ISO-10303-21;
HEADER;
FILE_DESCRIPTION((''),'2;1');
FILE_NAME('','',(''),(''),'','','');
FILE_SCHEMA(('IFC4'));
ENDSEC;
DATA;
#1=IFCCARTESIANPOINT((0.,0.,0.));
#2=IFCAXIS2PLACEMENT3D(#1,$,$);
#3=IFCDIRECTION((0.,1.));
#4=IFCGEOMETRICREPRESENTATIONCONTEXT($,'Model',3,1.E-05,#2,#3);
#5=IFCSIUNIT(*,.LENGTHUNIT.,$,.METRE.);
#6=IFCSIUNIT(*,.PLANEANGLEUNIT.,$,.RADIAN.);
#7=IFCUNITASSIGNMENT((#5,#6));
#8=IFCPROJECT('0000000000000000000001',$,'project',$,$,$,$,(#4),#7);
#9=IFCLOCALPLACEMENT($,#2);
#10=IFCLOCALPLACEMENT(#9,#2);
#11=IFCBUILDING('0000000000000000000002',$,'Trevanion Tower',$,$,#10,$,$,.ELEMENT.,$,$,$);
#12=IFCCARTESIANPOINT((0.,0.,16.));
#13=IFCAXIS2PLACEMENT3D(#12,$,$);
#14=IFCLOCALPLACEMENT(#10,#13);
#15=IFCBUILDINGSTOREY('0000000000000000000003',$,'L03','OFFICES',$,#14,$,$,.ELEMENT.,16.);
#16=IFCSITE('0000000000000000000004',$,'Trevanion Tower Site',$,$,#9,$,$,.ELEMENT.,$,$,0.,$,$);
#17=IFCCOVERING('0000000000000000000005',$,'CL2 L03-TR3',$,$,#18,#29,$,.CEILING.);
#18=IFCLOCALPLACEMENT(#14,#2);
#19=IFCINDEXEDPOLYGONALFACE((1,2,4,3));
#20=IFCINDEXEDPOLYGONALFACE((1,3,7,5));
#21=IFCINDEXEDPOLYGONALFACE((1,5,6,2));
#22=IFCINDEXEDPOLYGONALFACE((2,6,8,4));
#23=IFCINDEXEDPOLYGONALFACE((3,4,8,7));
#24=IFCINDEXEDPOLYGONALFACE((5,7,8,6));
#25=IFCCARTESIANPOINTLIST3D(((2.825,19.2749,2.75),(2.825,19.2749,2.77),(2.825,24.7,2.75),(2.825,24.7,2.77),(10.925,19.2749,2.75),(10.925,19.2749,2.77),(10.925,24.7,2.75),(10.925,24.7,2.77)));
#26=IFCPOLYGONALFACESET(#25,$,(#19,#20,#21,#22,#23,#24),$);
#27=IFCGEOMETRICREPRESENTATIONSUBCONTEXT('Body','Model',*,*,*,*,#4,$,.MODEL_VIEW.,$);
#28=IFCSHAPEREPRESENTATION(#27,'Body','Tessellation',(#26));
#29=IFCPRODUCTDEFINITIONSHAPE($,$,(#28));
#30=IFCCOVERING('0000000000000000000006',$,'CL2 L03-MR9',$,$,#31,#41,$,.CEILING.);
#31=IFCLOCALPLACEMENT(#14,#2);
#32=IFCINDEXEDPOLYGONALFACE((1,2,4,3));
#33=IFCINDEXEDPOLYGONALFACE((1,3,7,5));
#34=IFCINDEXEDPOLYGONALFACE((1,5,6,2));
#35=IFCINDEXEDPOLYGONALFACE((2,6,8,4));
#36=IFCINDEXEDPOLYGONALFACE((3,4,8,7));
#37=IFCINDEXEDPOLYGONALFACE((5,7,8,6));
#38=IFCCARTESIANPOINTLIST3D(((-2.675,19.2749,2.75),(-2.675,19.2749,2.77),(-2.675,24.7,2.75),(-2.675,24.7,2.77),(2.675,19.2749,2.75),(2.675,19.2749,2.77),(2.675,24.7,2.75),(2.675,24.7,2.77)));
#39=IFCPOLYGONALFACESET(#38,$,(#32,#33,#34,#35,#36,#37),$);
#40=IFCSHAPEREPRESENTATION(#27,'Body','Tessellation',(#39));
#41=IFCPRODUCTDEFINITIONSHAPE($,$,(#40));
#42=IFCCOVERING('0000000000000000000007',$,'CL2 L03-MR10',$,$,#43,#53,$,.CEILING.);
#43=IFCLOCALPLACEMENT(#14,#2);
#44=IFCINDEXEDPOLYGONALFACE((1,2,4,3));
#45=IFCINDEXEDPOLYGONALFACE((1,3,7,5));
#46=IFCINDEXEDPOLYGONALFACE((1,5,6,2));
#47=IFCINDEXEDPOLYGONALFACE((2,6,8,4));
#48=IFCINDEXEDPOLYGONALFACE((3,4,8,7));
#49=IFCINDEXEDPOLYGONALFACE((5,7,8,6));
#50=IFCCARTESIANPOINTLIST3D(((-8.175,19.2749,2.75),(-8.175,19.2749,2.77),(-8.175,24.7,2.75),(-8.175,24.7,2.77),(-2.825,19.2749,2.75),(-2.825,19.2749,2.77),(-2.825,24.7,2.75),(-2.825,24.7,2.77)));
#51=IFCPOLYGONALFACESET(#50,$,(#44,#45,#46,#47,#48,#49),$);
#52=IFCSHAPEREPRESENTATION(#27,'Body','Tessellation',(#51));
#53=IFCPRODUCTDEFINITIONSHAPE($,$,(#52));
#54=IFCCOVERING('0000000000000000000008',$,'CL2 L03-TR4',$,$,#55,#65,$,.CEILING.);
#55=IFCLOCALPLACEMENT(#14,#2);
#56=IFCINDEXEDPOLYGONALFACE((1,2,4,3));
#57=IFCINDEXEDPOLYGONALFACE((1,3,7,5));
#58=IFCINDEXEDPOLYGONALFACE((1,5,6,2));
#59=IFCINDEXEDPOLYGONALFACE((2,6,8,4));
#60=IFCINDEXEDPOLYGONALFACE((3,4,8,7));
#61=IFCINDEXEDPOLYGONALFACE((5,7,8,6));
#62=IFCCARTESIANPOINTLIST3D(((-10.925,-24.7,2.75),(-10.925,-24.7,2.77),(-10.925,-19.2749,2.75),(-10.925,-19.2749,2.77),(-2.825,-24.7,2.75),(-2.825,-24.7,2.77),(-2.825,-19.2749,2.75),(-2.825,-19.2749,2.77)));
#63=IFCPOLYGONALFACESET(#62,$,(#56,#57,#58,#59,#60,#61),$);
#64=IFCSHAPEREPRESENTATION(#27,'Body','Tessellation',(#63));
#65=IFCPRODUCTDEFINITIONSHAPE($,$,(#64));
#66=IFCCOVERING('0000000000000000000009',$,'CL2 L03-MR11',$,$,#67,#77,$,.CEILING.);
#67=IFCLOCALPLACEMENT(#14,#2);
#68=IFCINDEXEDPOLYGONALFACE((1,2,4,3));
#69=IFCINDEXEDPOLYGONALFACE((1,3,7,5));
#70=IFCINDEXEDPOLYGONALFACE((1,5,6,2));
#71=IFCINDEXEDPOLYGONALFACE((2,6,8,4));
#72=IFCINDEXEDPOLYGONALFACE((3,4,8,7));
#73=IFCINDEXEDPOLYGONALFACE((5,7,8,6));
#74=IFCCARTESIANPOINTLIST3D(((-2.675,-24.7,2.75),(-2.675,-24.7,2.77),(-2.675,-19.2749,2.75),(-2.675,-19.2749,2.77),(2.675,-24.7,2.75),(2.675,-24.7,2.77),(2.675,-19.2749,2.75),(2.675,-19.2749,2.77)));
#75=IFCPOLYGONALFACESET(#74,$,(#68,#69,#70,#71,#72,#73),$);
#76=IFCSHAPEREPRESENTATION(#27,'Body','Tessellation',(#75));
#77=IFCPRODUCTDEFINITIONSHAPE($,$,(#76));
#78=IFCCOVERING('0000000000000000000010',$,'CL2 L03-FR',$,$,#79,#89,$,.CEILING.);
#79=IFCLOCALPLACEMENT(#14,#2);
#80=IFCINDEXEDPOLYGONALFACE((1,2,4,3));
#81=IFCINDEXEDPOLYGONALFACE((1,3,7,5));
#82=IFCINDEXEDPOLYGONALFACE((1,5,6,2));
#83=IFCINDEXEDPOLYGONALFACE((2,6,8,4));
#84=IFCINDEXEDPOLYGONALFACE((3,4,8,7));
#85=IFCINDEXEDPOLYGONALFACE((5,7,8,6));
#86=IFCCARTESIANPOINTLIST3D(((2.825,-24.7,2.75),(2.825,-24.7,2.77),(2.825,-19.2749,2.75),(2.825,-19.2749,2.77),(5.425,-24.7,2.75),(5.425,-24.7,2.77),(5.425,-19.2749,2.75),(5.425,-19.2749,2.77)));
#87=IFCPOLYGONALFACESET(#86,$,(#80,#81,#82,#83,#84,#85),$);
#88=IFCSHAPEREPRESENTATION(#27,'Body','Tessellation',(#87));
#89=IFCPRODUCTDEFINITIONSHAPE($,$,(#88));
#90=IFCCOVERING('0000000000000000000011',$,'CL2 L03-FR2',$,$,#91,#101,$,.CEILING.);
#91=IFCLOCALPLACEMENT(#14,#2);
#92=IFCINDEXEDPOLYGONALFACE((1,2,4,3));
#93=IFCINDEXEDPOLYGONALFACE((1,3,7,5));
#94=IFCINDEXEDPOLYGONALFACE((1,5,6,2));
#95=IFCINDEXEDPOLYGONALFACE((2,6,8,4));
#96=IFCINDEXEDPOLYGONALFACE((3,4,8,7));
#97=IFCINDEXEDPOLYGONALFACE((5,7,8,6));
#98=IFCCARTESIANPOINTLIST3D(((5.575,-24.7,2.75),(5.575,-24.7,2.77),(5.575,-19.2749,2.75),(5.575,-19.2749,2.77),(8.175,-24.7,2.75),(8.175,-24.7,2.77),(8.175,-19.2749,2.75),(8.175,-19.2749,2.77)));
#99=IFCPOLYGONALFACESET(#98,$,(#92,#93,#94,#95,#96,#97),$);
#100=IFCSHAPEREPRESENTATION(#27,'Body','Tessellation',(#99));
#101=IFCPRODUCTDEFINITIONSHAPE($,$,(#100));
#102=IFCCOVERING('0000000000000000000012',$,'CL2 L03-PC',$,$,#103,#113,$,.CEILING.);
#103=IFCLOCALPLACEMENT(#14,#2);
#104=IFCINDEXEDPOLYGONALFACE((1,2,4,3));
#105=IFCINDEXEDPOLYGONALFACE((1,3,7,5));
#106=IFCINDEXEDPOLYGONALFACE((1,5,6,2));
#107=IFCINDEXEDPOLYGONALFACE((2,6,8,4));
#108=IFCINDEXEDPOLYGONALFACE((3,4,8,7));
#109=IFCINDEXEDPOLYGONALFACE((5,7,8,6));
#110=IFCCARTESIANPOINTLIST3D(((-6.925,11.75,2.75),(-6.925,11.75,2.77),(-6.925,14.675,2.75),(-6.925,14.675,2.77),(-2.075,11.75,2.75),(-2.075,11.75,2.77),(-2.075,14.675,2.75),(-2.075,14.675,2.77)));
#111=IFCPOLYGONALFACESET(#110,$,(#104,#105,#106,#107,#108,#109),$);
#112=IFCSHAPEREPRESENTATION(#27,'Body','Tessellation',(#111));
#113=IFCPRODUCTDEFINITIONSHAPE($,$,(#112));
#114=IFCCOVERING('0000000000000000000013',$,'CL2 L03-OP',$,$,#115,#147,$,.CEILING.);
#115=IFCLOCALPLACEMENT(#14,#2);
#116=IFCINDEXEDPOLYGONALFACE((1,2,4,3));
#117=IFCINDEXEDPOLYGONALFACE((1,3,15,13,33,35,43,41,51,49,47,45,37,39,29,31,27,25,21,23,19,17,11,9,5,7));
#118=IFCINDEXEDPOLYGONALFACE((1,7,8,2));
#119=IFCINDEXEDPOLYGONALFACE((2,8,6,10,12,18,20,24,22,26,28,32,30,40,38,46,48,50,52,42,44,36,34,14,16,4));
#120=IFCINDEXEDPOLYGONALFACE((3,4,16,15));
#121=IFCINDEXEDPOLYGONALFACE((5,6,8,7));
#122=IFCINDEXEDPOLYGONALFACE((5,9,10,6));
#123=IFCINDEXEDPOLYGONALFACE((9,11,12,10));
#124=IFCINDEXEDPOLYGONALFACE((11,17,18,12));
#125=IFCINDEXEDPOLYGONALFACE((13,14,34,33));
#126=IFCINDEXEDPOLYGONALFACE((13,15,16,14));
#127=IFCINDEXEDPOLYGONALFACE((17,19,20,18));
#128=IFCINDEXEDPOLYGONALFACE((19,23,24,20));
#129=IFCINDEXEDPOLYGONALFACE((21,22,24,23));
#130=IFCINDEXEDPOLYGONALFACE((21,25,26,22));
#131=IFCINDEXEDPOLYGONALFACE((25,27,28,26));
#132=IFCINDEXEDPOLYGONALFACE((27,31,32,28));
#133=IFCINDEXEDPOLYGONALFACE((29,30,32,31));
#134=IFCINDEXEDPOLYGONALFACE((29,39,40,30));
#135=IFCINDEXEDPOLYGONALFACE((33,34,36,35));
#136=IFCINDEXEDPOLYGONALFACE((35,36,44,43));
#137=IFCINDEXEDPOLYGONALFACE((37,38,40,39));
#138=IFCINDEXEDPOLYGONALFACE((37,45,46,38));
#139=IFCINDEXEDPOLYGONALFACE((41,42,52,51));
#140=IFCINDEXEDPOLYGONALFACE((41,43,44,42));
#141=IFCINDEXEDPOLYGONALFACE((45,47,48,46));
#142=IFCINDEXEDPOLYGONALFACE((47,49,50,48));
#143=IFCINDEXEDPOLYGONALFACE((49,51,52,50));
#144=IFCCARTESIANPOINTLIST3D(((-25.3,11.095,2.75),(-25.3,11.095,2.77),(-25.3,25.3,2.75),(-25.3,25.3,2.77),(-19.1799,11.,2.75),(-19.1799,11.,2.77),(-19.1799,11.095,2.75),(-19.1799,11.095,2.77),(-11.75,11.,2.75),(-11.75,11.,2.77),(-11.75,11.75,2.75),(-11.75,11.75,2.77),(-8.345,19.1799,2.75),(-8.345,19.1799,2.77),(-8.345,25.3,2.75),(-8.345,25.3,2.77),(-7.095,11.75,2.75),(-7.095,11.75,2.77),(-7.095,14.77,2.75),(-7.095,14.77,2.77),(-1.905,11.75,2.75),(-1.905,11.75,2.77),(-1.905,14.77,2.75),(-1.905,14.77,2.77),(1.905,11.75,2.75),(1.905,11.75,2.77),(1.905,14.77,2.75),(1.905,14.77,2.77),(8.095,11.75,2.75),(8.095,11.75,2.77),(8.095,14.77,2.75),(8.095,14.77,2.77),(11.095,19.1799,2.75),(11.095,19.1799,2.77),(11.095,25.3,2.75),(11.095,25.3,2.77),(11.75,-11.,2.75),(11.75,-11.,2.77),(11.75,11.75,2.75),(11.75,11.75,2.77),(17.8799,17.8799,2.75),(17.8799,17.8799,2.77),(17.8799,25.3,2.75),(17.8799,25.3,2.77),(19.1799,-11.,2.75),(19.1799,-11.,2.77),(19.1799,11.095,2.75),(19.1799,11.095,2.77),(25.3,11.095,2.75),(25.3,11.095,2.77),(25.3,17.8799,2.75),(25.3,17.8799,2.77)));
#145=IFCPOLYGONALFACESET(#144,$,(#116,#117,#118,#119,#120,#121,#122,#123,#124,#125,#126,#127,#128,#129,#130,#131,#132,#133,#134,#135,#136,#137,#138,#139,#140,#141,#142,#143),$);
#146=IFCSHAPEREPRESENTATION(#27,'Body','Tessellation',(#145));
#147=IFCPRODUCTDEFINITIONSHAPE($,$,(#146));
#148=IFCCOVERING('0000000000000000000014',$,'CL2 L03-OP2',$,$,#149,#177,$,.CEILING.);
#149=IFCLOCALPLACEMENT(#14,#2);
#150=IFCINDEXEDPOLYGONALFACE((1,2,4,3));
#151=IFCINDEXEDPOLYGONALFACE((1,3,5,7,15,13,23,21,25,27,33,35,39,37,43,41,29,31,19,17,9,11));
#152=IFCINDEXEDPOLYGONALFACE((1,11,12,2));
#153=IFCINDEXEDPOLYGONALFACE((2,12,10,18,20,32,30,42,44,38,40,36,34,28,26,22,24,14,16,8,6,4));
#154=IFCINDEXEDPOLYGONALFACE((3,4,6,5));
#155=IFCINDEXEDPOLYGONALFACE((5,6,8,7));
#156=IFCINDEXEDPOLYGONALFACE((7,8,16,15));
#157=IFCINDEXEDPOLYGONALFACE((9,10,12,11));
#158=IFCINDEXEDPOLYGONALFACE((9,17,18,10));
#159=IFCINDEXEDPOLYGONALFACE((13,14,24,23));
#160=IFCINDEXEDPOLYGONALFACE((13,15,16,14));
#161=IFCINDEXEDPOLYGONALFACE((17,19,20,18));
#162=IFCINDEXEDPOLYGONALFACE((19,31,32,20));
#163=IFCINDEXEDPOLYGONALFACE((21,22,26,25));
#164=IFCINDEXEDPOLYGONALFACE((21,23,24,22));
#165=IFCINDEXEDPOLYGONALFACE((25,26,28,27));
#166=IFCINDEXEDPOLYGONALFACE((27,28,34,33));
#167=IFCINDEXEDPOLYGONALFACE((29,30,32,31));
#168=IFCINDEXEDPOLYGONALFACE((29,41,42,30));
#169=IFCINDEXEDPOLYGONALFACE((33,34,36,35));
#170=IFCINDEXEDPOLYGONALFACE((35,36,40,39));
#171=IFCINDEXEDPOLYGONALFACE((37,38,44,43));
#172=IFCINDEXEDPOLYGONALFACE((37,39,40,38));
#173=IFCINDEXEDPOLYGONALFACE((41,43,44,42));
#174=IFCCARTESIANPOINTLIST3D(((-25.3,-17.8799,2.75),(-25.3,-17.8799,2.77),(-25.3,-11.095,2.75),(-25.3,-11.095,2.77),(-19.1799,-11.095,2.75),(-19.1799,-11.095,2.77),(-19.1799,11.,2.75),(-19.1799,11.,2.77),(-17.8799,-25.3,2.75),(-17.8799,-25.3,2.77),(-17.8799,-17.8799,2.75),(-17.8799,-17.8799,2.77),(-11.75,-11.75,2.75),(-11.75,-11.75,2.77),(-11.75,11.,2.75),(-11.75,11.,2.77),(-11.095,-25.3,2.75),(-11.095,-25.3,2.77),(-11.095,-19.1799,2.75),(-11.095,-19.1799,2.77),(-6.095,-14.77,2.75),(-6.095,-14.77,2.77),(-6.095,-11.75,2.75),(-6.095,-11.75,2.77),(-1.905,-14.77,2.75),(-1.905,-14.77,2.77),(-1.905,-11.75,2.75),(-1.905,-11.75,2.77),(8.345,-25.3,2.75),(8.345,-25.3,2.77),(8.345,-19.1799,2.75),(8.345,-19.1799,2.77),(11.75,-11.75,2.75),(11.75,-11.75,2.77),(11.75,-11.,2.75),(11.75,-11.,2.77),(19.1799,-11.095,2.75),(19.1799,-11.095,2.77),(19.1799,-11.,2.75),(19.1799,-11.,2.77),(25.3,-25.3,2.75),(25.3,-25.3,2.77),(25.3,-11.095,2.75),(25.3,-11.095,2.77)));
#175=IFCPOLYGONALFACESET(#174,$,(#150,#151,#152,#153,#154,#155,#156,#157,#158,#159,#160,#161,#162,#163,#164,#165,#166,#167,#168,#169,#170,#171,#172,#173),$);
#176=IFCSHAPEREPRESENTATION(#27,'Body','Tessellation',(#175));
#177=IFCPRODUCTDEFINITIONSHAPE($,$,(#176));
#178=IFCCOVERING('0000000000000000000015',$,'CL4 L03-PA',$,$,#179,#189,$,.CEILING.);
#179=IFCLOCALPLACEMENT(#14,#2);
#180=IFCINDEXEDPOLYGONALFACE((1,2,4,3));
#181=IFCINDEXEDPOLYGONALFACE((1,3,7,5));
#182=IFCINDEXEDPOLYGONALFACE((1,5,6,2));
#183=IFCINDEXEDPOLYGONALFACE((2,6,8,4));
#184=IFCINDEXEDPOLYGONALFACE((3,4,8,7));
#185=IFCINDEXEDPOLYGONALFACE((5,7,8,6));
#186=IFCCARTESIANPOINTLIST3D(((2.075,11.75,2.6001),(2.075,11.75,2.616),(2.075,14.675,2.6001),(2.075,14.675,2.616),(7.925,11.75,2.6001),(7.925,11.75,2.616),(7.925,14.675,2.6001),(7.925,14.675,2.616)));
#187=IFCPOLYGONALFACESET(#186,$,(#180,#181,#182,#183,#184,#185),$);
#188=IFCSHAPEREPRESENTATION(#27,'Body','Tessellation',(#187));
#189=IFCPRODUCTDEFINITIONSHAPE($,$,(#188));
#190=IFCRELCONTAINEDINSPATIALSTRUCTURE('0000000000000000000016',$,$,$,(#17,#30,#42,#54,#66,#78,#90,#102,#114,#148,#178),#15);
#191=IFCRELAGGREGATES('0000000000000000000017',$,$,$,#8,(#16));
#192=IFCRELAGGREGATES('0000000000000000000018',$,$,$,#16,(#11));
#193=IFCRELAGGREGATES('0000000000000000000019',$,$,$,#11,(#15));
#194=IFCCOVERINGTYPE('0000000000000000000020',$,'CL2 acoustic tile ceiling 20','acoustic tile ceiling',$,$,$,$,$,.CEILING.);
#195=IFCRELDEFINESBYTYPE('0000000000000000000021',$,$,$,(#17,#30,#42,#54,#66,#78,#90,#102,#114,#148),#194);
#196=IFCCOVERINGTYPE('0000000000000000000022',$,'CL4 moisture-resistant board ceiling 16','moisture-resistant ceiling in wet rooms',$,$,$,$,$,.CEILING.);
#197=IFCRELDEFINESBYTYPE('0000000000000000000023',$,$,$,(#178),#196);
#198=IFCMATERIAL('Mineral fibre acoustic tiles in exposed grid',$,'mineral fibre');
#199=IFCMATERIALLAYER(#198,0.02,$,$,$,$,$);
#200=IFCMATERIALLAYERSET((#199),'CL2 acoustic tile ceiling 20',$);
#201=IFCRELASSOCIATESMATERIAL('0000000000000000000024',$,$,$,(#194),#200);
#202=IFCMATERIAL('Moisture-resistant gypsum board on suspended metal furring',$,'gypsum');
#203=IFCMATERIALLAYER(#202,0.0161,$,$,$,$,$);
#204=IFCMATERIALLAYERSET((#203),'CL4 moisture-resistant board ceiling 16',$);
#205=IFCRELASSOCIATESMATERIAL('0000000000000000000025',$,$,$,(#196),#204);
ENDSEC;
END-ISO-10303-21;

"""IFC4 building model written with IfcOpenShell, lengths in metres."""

from ifc_helpers import new_model, si_unit, direction, frame, origin, place, context, subcontext, project, spatial, polyline, outline, extrude, material, layer, layer_set, type_object, element, save


model = new_model("IFC4")

# Units and contexts
model_context = context("Model", 3, precision=1e-05, world=origin(), true_north=direction((0.0, 1.0)))
body_context = subcontext(model_context, "Body", "Model", "MODEL_VIEW")
ifc_project = project(units=[si_unit("LENGTHUNIT", "METRE"), si_unit("PLANEANGLEUNIT", "RADIAN")], contexts=[model_context])

# Site, building, storey
site_placement = place(None, origin())
site = spatial("IfcSite", under=ifc_project, at=site_placement, Name="Trevanion Tower Site", CompositionType="ELEMENT", RefElevation=0.0)
building_placement = place(site_placement, origin())
building = spatial("IfcBuilding", under=site, at=building_placement, Name="Trevanion Tower", CompositionType="ELEMENT")
storey_placement = place(building_placement, frame((0.0, 0.0, 16.0)))
storey = spatial("IfcBuildingStorey", under=building, at=storey_placement, Name="L03", Description="OFFICES", CompositionType="ELEMENT", Elevation=16.0)

# Coverings
ifc_material_1 = material(Name="Mineral fibre acoustic tiles in exposed grid", Category="mineral fibre")
ifc_layer_1 = layer(ifc_material_1, 0.02)
ifc_layer_set_1 = layer_set([ifc_layer_1], Name="CL2 acoustic tile ceiling 20")
covering_type_1 = type_object("IfcCoveringType", Name="CL2 acoustic tile ceiling 20", Description="acoustic tile ceiling", PredefinedType="CEILING", material=ifc_layer_set_1)
covering_1_placement = place(storey_placement, frame((0.0, 0.0, 2.75)))
element("IfcCovering", 1, at=covering_1_placement, inside=storey, type_object=covering_type_1, Name="CL2 L03-TR3", PredefinedType="CEILING", context=body_context, shape_type="SweptSolid", body=[
    extrude(outline(polyline([(10.925, 19.2749), (2.825, 19.2749), (2.825, 24.7), (10.925, 24.7), (10.925, 19.2749)])), origin(), (0.0, 0.0, 1.0), 0.02),
])
covering_2_placement = place(storey_placement, frame((0.0, 0.0, 2.75)))
element("IfcCovering", 2, at=covering_2_placement, inside=storey, type_object=covering_type_1, Name="CL2 L03-MR9", PredefinedType="CEILING", context=body_context, shape_type="SweptSolid", body=[
    extrude(outline(polyline([(2.675, 19.2749), (-2.675, 19.2749), (-2.675, 24.7), (2.675, 24.7), (2.675, 19.2749)])), origin(), (0.0, 0.0, 1.0), 0.02),
])
covering_3_placement = place(storey_placement, frame((0.0, 0.0, 2.75)))
element("IfcCovering", 3, at=covering_3_placement, inside=storey, type_object=covering_type_1, Name="CL2 L03-MR10", PredefinedType="CEILING", context=body_context, shape_type="SweptSolid", body=[
    extrude(outline(polyline([(-2.825, 19.2749), (-8.175, 19.2749), (-8.175, 24.7), (-2.825, 24.7), (-2.825, 19.2749)])), origin(), (0.0, 0.0, 1.0), 0.02),
])
covering_4_placement = place(storey_placement, frame((0.0, 0.0, 2.75)))
element("IfcCovering", 4, at=covering_4_placement, inside=storey, type_object=covering_type_1, Name="CL2 L03-TR4", PredefinedType="CEILING", context=body_context, shape_type="SweptSolid", body=[
    extrude(outline(polyline([(-10.925, -19.2749), (-2.825, -19.2749), (-2.825, -24.7), (-10.925, -24.7), (-10.925, -19.2749)])), origin(), (0.0, 0.0, 1.0), 0.02),
])
covering_5_placement = place(storey_placement, frame((0.0, 0.0, 2.75)))
element("IfcCovering", 5, at=covering_5_placement, inside=storey, type_object=covering_type_1, Name="CL2 L03-MR11", PredefinedType="CEILING", context=body_context, shape_type="SweptSolid", body=[
    extrude(outline(polyline([(-2.675, -19.2749), (2.675, -19.2749), (2.675, -24.7), (-2.675, -24.7), (-2.675, -19.2749)])), origin(), (0.0, 0.0, 1.0), 0.02),
])
covering_6_placement = place(storey_placement, frame((0.0, 0.0, 2.75)))
element("IfcCovering", 6, at=covering_6_placement, inside=storey, type_object=covering_type_1, Name="CL2 L03-FR", PredefinedType="CEILING", context=body_context, shape_type="SweptSolid", body=[
    extrude(outline(polyline([(2.825, -19.2749), (5.425, -19.2749), (5.425, -24.7), (2.825, -24.7), (2.825, -19.2749)])), origin(), (0.0, 0.0, 1.0), 0.02),
])
covering_7_placement = place(storey_placement, frame((0.0, 0.0, 2.75)))
element("IfcCovering", 7, at=covering_7_placement, inside=storey, type_object=covering_type_1, Name="CL2 L03-FR2", PredefinedType="CEILING", context=body_context, shape_type="SweptSolid", body=[
    extrude(outline(polyline([(5.575, -19.2749), (8.175, -19.2749), (8.175, -24.7), (5.575, -24.7), (5.575, -19.2749)])), origin(), (0.0, 0.0, 1.0), 0.02),
])
covering_8_placement = place(storey_placement, frame((0.0, 0.0, 2.75)))
element("IfcCovering", 8, at=covering_8_placement, inside=storey, type_object=covering_type_1, Name="CL2 L03-PC", PredefinedType="CEILING", context=body_context, shape_type="SweptSolid", body=[
    extrude(outline(polyline([(-6.925, 14.675), (-2.075, 14.675), (-2.075, 11.75), (-6.925, 11.75), (-6.925, 14.675)])), origin(), (0.0, 0.0, 1.0), 0.02),
])
covering_9_placement = place(storey_placement, frame((0.0, 0.0, 2.75)))
element("IfcCovering", 9, at=covering_9_placement, inside=storey, type_object=covering_type_1, Name="CL2 L03-OP", PredefinedType="CEILING", context=body_context, shape_type="SweptSolid", body=[
    extrude(outline(polyline([(11.75, 11.75), (8.095, 11.75), (8.095, 14.77), (1.905, 14.77), (1.905, 11.75), (-1.905, 11.75), (-1.905, 14.77), (-7.095, 14.77), (-7.095, 11.75), (-11.75, 11.75), (-11.75, 11.0), (-19.1799, 11.0), (-19.1799, 11.095), (-25.3, 11.095), (-25.3, 25.3), (-8.345, 25.3), (-8.345, 19.1799), (11.095, 19.1799), (11.095, 25.3), (17.8799, 25.3), (17.8799, 17.8799), (25.3, 17.8799), (25.3, 11.095), (19.1799, 11.095), (19.1799, -11.0), (11.75, -11.0), (11.75, 11.75)])), origin(), (0.0, 0.0, 1.0), 0.02),
])
covering_10_placement = place(storey_placement, frame((0.0, 0.0, 2.75)))
element("IfcCovering", 10, at=covering_10_placement, inside=storey, type_object=covering_type_1, Name="CL2 L03-OP2", PredefinedType="CEILING", context=body_context, shape_type="SweptSolid", body=[
    extrude(outline(polyline([(11.75, -11.0), (19.1799, -11.0), (19.1799, -11.095), (25.3, -11.095), (25.3, -25.3), (8.345, -25.3), (8.345, -19.1799), (-11.095, -19.1799), (-11.095, -25.3), (-17.8799, -25.3), (-17.8799, -17.8799), (-25.3, -17.8799), (-25.3, -11.095), (-19.1799, -11.095), (-19.1799, 11.0), (-11.75, 11.0), (-11.75, -11.75), (-6.095, -11.75), (-6.095, -14.77), (-1.905, -14.77), (-1.905, -11.75), (11.75, -11.75), (11.75, -11.0)])), origin(), (0.0, 0.0, 1.0), 0.02),
])
ifc_material_2 = material(Name="Moisture-resistant gypsum board on suspended metal furring", Category="gypsum")
ifc_layer_2 = layer(ifc_material_2, 0.0161)
ifc_layer_set_2 = layer_set([ifc_layer_2], Name="CL4 moisture-resistant board ceiling 16")
covering_type_2 = type_object("IfcCoveringType", Name="CL4 moisture-resistant board ceiling 16", Description="moisture-resistant ceiling in wet rooms", PredefinedType="CEILING", material=ifc_layer_set_2)
covering_11_placement = place(storey_placement, frame((0.0, 0.0, 2.6001)))
element("IfcCovering", 11, at=covering_11_placement, inside=storey, type_object=covering_type_2, Name="CL4 L03-PA", PredefinedType="CEILING", context=body_context, shape_type="SweptSolid", body=[
    extrude(outline(polyline([(2.075, 14.675), (7.925, 14.675), (7.925, 11.75), (2.075, 11.75), (2.075, 14.675)])), origin(), (0.0, 0.0, 1.0), 0.0159),
])

save(model, "model.ifc")
